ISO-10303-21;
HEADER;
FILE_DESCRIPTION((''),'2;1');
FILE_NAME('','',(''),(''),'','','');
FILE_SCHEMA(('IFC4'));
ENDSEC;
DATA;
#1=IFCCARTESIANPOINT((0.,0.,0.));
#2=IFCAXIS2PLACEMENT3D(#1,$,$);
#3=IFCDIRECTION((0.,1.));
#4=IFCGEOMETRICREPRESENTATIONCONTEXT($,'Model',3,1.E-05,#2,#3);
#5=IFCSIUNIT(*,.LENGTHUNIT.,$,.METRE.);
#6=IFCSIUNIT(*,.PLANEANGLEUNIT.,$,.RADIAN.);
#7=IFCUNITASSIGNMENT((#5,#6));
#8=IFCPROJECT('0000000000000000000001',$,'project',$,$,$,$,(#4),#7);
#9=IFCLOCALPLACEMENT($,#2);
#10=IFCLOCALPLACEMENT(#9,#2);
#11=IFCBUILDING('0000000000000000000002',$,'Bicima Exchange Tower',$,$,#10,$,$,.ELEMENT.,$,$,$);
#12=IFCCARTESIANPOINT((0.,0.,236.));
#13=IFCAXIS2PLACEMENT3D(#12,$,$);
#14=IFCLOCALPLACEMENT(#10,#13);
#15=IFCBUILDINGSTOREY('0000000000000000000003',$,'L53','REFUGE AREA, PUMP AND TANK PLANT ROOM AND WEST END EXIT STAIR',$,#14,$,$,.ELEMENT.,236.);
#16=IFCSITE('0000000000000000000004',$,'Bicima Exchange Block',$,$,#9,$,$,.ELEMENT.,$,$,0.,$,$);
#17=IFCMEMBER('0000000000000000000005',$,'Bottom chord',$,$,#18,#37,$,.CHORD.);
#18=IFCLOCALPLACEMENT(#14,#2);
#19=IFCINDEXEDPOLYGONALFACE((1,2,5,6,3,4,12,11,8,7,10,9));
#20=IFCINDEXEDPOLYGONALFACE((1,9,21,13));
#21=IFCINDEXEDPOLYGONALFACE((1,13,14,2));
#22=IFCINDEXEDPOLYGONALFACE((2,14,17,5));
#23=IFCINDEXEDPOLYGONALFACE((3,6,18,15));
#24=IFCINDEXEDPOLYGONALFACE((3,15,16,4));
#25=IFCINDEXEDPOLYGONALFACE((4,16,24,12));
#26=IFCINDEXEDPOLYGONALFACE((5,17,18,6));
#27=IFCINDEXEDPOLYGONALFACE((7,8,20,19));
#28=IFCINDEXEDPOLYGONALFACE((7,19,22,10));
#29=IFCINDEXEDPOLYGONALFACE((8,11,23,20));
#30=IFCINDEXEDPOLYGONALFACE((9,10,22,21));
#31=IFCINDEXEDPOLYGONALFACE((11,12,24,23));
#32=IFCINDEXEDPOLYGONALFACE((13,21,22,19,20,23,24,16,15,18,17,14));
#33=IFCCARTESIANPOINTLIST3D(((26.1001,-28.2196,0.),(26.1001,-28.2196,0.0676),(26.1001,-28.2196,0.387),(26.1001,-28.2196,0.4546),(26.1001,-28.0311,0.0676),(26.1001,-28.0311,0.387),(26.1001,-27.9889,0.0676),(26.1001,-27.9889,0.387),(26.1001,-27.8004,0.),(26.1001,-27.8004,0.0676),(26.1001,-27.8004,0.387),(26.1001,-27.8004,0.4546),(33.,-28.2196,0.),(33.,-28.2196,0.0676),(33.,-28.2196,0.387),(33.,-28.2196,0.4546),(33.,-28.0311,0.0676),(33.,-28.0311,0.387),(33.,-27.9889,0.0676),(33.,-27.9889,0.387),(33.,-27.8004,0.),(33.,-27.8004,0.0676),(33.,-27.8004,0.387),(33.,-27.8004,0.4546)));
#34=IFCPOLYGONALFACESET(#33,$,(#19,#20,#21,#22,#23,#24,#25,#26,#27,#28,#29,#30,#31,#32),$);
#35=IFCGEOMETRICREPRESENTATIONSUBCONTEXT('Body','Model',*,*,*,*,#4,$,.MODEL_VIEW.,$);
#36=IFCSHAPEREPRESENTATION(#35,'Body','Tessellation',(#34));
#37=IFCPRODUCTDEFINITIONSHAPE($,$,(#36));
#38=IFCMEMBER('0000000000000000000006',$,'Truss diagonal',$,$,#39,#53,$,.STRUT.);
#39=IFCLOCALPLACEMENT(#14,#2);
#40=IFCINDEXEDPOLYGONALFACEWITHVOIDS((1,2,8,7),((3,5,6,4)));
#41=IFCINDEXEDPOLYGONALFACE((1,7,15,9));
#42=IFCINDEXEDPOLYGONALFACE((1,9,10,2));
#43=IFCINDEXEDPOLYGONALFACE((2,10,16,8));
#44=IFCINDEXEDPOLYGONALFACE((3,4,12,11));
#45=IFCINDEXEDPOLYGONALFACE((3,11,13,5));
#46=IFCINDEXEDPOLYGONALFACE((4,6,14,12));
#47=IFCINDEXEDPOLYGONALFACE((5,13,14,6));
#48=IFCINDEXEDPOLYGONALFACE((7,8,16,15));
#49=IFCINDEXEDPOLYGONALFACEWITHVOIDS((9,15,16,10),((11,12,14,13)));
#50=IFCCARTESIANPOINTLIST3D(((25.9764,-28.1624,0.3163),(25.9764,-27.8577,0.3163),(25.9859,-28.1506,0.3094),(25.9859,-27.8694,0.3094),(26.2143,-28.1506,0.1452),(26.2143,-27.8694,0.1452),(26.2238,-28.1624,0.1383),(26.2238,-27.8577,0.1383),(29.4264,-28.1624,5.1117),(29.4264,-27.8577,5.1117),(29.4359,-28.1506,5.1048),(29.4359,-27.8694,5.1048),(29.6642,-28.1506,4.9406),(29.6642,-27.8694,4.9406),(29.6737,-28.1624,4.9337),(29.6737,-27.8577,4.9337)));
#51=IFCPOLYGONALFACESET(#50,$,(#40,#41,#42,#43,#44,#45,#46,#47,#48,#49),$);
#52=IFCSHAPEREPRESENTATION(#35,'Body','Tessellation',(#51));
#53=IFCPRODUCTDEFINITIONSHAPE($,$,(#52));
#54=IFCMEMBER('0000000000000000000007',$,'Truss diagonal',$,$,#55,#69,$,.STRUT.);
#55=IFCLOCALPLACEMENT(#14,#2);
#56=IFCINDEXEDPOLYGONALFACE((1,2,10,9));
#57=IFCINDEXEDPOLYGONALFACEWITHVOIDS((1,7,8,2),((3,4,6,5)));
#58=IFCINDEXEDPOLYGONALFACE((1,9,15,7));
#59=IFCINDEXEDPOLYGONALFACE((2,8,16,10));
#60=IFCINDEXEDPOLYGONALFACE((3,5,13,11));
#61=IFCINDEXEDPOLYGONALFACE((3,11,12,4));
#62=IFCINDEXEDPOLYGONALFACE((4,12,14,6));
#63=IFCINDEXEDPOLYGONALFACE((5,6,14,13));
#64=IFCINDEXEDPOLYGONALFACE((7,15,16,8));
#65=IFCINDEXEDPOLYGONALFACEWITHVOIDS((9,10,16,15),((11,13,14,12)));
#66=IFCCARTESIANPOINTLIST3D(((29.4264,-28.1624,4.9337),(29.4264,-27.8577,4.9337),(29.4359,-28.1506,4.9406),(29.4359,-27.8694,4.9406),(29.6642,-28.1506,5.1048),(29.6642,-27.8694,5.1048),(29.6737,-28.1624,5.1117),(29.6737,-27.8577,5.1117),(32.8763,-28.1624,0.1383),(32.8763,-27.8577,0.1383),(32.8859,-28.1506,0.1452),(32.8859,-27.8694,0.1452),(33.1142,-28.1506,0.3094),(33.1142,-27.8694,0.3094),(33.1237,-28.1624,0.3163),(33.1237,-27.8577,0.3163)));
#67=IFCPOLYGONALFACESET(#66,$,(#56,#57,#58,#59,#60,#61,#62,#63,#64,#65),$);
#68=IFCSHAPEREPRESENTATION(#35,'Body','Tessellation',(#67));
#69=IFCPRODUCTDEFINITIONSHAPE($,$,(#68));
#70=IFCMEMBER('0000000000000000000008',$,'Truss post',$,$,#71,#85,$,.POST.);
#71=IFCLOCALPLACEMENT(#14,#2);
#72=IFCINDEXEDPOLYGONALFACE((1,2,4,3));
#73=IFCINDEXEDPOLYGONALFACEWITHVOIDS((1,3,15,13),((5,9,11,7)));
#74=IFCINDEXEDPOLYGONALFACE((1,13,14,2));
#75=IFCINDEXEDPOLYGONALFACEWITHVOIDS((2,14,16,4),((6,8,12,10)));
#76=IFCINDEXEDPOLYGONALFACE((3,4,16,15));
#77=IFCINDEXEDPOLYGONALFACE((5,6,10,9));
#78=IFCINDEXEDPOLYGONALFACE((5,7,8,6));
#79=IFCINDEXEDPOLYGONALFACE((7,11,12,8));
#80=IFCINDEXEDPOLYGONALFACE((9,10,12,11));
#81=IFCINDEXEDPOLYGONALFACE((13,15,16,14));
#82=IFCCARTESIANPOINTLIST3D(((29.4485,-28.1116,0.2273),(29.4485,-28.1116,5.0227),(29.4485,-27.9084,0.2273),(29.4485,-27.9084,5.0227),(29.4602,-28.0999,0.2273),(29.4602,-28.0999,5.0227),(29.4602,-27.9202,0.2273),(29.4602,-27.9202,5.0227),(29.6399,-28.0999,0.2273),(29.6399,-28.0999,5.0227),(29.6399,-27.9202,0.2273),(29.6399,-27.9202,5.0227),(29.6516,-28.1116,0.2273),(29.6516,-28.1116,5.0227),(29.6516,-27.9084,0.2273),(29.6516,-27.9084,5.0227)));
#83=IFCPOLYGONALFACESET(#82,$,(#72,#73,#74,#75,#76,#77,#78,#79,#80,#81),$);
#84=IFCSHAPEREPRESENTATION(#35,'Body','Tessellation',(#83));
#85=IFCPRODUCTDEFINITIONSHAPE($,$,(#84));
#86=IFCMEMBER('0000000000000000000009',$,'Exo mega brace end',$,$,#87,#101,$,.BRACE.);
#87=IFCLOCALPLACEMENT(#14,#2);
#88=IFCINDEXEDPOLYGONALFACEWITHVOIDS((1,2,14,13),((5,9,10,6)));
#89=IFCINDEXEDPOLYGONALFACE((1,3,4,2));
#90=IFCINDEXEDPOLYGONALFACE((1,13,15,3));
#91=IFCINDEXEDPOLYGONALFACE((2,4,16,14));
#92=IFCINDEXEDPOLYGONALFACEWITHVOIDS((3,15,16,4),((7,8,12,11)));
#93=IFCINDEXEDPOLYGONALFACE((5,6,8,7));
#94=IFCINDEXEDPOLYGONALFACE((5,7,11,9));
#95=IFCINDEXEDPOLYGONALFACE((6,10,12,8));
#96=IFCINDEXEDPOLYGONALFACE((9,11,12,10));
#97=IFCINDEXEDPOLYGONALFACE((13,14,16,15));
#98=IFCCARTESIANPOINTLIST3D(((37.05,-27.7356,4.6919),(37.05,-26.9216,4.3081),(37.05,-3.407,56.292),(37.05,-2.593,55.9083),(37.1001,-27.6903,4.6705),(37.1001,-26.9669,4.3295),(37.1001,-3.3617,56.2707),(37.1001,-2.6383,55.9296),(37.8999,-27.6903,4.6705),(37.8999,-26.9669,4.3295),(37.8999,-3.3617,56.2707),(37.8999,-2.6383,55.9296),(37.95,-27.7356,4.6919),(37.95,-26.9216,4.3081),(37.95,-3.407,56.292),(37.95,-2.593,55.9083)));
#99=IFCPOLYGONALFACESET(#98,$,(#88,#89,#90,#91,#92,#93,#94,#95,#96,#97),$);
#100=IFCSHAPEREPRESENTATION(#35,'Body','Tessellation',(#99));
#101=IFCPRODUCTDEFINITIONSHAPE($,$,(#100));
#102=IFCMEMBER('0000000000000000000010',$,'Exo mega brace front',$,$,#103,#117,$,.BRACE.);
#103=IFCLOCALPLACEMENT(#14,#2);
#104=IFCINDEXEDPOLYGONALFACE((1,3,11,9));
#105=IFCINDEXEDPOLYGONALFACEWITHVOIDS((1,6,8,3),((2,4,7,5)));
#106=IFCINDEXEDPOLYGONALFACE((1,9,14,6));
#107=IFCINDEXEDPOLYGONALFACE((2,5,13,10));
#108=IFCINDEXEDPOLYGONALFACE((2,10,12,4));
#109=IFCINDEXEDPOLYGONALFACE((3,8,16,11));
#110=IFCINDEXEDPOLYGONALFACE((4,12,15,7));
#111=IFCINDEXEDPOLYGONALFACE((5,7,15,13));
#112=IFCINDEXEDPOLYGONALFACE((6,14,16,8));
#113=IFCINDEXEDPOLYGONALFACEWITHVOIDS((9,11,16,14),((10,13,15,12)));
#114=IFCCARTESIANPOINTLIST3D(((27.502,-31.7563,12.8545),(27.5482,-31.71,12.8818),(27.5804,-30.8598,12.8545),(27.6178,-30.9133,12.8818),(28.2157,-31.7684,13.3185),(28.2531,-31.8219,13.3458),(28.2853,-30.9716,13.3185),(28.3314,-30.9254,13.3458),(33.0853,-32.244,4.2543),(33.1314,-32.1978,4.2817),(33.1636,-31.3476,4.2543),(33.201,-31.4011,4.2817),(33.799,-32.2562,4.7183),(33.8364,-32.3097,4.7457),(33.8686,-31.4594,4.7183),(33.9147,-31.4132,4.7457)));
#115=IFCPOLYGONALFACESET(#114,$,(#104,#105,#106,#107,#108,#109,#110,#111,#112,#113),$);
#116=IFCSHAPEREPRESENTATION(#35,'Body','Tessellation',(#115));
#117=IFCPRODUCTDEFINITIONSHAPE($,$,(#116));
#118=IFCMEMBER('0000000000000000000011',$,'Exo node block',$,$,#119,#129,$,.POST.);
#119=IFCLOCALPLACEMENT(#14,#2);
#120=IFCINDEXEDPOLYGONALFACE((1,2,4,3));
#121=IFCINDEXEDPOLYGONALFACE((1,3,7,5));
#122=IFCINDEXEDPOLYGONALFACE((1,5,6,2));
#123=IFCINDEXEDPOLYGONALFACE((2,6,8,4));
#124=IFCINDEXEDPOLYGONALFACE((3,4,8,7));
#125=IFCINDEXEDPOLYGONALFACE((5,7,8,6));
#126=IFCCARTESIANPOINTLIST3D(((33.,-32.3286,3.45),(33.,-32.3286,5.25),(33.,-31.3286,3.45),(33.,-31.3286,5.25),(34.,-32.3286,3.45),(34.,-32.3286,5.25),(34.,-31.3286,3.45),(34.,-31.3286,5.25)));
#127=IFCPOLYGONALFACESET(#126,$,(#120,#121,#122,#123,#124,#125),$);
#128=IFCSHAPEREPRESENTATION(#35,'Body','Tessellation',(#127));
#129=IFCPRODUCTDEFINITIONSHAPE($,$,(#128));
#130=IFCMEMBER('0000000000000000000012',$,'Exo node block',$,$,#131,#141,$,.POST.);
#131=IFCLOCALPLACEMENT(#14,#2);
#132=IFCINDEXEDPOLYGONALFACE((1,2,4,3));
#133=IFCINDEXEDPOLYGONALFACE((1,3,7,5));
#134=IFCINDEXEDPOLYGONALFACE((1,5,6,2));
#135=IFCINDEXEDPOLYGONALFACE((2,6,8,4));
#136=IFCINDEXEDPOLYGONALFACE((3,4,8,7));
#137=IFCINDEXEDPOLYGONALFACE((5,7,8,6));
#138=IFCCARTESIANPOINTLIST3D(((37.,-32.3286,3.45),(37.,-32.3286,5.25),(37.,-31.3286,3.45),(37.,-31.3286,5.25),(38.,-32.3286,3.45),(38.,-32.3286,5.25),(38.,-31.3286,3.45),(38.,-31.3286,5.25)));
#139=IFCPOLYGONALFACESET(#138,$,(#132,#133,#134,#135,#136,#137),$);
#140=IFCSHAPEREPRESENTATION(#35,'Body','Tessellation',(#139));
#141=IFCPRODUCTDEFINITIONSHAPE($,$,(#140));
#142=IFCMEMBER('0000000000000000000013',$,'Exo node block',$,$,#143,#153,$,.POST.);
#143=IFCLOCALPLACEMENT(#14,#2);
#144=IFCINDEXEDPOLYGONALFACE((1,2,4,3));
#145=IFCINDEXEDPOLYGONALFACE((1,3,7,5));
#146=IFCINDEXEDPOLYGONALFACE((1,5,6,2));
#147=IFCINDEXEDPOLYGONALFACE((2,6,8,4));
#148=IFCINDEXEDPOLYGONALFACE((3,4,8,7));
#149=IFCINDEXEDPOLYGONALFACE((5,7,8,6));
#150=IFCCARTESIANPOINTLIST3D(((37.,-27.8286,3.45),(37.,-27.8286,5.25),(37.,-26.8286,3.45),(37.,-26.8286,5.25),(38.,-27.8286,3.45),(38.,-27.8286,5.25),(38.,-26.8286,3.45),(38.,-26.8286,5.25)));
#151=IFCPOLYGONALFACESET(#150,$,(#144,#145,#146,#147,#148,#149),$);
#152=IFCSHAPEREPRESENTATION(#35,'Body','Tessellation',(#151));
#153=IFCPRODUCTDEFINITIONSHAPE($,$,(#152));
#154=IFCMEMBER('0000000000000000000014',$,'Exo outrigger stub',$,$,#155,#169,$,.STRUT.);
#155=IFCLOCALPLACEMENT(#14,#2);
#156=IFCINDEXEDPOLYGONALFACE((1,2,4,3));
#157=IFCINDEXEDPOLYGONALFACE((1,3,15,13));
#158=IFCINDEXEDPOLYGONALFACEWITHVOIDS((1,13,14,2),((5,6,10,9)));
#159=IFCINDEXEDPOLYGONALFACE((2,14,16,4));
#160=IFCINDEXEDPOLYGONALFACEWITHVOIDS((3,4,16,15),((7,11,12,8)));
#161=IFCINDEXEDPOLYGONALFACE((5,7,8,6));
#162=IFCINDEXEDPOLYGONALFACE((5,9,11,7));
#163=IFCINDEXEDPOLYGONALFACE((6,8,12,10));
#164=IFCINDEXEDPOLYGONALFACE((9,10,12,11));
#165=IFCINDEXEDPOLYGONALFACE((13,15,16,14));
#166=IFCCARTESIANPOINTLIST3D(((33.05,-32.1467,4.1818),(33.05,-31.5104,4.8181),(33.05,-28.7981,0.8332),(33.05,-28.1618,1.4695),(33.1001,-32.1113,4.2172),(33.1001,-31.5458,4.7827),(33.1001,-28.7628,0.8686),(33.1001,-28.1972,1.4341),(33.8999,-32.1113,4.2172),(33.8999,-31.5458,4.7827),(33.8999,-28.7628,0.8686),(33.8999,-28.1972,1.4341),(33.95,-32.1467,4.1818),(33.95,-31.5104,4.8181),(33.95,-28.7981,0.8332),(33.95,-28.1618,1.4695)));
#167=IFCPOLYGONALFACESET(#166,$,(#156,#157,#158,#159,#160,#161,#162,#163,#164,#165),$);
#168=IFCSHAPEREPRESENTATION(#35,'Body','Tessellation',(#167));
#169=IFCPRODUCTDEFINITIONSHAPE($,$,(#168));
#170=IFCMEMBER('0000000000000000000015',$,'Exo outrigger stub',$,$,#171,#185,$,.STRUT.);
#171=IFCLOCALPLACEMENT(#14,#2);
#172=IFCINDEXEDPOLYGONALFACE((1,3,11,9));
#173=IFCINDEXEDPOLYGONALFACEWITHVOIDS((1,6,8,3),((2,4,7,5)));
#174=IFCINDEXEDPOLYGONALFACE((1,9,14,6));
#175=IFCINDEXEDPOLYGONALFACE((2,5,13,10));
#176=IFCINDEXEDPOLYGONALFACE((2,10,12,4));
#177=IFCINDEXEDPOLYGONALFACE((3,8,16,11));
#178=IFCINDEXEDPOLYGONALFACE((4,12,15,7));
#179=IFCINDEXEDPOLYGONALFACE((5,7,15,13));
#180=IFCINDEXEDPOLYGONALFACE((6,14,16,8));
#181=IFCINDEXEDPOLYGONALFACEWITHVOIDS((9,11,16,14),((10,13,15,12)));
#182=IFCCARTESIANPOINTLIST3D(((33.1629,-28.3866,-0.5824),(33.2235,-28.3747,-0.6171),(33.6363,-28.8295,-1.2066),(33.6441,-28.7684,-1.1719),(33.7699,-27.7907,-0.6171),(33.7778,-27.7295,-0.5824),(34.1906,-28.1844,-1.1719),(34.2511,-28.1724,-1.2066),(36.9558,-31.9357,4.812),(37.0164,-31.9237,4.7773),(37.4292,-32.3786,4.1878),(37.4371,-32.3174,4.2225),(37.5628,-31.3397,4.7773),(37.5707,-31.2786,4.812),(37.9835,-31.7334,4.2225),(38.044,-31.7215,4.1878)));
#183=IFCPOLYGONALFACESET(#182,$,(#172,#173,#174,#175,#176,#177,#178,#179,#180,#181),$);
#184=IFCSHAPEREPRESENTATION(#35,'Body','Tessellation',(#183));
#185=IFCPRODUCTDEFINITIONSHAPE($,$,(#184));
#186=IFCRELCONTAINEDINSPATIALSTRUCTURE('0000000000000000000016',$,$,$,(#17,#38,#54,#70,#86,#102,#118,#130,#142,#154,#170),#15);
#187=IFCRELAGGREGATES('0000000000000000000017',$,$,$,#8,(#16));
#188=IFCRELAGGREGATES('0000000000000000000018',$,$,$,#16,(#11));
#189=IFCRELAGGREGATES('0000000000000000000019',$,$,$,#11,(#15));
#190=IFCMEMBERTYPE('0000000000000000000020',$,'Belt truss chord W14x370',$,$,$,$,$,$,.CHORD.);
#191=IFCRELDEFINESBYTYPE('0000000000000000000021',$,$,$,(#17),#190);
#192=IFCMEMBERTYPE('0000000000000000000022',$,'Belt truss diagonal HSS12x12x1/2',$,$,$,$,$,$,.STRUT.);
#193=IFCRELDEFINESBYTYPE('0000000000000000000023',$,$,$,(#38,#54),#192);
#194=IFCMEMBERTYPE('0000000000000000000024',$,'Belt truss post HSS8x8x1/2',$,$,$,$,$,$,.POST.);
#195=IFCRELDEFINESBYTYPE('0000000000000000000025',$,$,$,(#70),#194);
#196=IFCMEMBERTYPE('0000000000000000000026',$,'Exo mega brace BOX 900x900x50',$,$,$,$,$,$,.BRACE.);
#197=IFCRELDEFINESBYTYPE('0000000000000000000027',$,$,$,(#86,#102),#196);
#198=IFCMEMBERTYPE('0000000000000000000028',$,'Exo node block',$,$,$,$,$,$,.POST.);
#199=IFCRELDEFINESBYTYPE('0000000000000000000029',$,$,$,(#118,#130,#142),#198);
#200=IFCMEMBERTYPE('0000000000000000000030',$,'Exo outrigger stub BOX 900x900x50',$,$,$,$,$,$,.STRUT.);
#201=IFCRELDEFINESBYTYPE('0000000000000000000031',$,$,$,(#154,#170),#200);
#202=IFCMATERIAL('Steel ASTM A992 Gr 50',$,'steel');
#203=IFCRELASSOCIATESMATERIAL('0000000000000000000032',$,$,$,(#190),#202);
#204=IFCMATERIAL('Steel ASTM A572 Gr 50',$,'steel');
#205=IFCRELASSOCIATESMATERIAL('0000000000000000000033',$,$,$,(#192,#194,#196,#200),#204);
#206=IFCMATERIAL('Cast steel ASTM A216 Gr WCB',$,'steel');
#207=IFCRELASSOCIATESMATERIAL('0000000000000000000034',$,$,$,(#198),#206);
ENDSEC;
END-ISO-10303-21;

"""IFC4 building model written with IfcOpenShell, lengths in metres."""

from ifc_helpers import new_model, si_unit, direction, frame, origin, origin_2d, place, context, subcontext, project, spatial, rectangle, hollow_rectangle, i_section, extrude, material, material_profile, profile_set, type_object, element, save


model = new_model("IFC4")

# Units and contexts
model_context = context("Model", 3, precision=1e-05, world=origin(), true_north=direction((0.0, 1.0)))
body_context = subcontext(model_context, "Body", "Model", "MODEL_VIEW")
ifc_project = project(units=[si_unit("LENGTHUNIT", "METRE"), si_unit("PLANEANGLEUNIT", "RADIAN")], contexts=[model_context])

# Site, building, storey
site_placement = place(None, origin())
site = spatial("IfcSite", under=ifc_project, at=site_placement, Name="Bicima Exchange Block", CompositionType="ELEMENT", RefElevation=0.0)
building_placement = place(site_placement, origin())
building = spatial("IfcBuilding", under=site, at=building_placement, Name="Bicima Exchange Tower", CompositionType="ELEMENT")
storey_placement = place(building_placement, frame((0.0, 0.0, 236.0)))
storey = spatial("IfcBuildingStorey", under=building, at=storey_placement, Name="L53", Description="REFUGE AREA, PUMP AND TANK PLANT ROOM AND WEST END EXIT STAIR", CompositionType="ELEMENT", Elevation=236.0)

# Shared definitions
ifc_material_1 = material(Name="Steel ASTM A572 Gr 50", Category="steel")
ifc_material_2 = material(Name="Steel ASTM A992 Gr 50", Category="steel")

# Members
ifc_material_profile_1 = material_profile(ifc_material_2, i_section(OverallWidth=0.4192, OverallDepth=0.4546, WebThickness=0.0422, FlangeThickness=0.0676, at=origin_2d()))
ifc_profile_set_1 = profile_set([ifc_material_profile_1], Name="Steel ASTM A992 Gr 50")
member_type_1 = type_object("IfcMemberType", Name="Belt truss chord W14x370", PredefinedType="CHORD", material=ifc_profile_set_1)
for number, where, z_axis, x_axis, name in (
    (1, (26.1001, -28.01, 0.2273), (1.0, 0.0, 0.0), (0.0, 1.0, 0.0), "Bottom chord"),
):
    element("IfcMember", number, at=place(storey_placement, frame(where, z_axis=z_axis, x_axis=x_axis)), inside=storey, type_object=member_type_1, Name=name, PredefinedType="CHORD", context=body_context, shape_type="SweptSolid", body=[
        extrude(i_section(OverallWidth=0.4192, OverallDepth=0.4546, WebThickness=0.0422, FlangeThickness=0.0676, at=origin_2d()), origin(), (0.0, 0.0, 1.0), 6.8999),
    ])
ifc_material_profile_2 = material_profile(ifc_material_1, hollow_rectangle(XDim=0.3047, YDim=0.3047, WallThickness=0.0117, at=origin_2d()))
ifc_profile_set_2 = profile_set([ifc_material_profile_2], Name="Steel ASTM A572 Gr 50")
member_type_2 = type_object("IfcMemberType", Name="Belt truss diagonal HSS12x12x1/2", PredefinedType="STRUT", material=ifc_profile_set_2)
for number, where, z_axis, x_axis, name in (
    (2, (26.1001, -28.01, 0.2273), (0.583999, 0.0, 0.811755), (0.0, 1.0, 0.0), "Truss diagonal"),
    (3, (29.55, -28.01, 5.0227), (0.583999, 0.0, -0.811755), (0.0, 1.0, 0.0), "Truss diagonal"),
):
    element("IfcMember", number, at=place(storey_placement, frame(where, z_axis=z_axis, x_axis=x_axis)), inside=storey, type_object=member_type_2, Name=name, PredefinedType="STRUT", context=body_context, shape_type="SweptSolid", body=[
        extrude(hollow_rectangle(XDim=0.3047, YDim=0.3047, WallThickness=0.0117, at=origin_2d()), origin(), (0.0, 0.0, 1.0), 5.9075),
    ])
ifc_material_profile_3 = material_profile(ifc_material_1, hollow_rectangle(XDim=0.2031, YDim=0.2031, WallThickness=0.0117, at=origin_2d()))
ifc_profile_set_3 = profile_set([ifc_material_profile_3], Name="Steel ASTM A572 Gr 50")
member_type_3 = type_object("IfcMemberType", Name="Belt truss post HSS8x8x1/2", PredefinedType="POST", material=ifc_profile_set_3)
member_1_placement = place(storey_placement, frame((29.55, -28.01, 0.2273), z_axis=(0.0, 0.0, 1.0), x_axis=(1.0, 0.0, 0.0)))
element("IfcMember", 4, at=member_1_placement, inside=storey, type_object=member_type_3, Name="Truss post", PredefinedType="POST", context=body_context, shape_type="SweptSolid", body=[
    extrude(hollow_rectangle(XDim=0.2031, YDim=0.2031, WallThickness=0.0117, at=origin_2d()), origin(), (0.0, 0.0, 1.0), 4.7954),
])
ifc_material_profile_4 = material_profile(ifc_material_1, hollow_rectangle(XDim=0.8999, YDim=0.8999, WallThickness=0.05, at=origin_2d()))
ifc_profile_set_4 = profile_set([ifc_material_profile_4], Name="Steel ASTM A572 Gr 50")
member_type_4 = type_object("IfcMemberType", Name="Exo mega brace BOX 900x900x50", PredefinedType="BRACE", material=ifc_profile_set_4)
member_2_placement = place(storey_placement, frame((37.5, -27.3286, 4.5), z_axis=(0.0, 0.42646, 0.904506), x_axis=(-1.0, 0.0, 0.0)))
element("IfcMember", 5, at=member_2_placement, inside=storey, type_object=member_type_4, Name="Exo mega brace end", PredefinedType="BRACE", context=body_context, shape_type="SweptSolid", body=[
    extrude(hollow_rectangle(XDim=0.8999, YDim=0.8999, WallThickness=0.05, at=origin_2d()), origin(), (0.0, 0.0, 1.0), 57.0479),
])
member_3_placement = place(storey_placement, frame((33.5, -31.8286, 4.5), z_axis=(-0.543906, 0.04752, 0.8378), x_axis=(-0.087036, -0.996205, 0.0)))
element("IfcMember", 6, at=member_3_placement, inside=storey, type_object=member_type_4, Name="Exo mega brace front", PredefinedType="BRACE", context=body_context, shape_type="SweptSolid", body=[
    extrude(hollow_rectangle(XDim=0.8999, YDim=0.8999, WallThickness=0.05, at=origin_2d()), origin(), (0.0, 0.0, 1.0), 10.2651),
])
ifc_material_3 = material(Name="Cast steel ASTM A216 Gr WCB", Category="steel")
ifc_material_profile_5 = material_profile(ifc_material_3, rectangle(XDim=1.0, YDim=1.0, at=origin_2d()))
ifc_profile_set_5 = profile_set([ifc_material_profile_5], Name="Cast steel ASTM A216 Gr WCB")
member_type_5 = type_object("IfcMemberType", Name="Exo node block", PredefinedType="POST", material=ifc_profile_set_5)
for number, where, z_axis, x_axis, name in (
    (7, (33.5, -31.8286, 3.45), (0.0, 0.0, 1.0), (1.0, 0.0, 0.0), "Exo node block"),
    (8, (37.5, -31.8286, 3.45), (0.0, 0.0, 1.0), (1.0, 0.0, 0.0), "Exo node block"),
    (9, (37.5, -27.3286, 3.45), (0.0, 0.0, 1.0), (1.0, 0.0, 0.0), "Exo node block"),
):
    element("IfcMember", number, at=place(storey_placement, frame(where, z_axis=z_axis, x_axis=x_axis)), inside=storey, type_object=member_type_5, Name=name, PredefinedType="POST", context=body_context, shape_type="SweptSolid", body=[
        extrude(rectangle(XDim=1.0, YDim=1.0, at=origin_2d()), origin(), (0.0, 0.0, 1.0), 1.8),
    ])
member_type_6 = type_object("IfcMemberType", Name="Exo outrigger stub BOX 900x900x50", PredefinedType="STRUT", material=ifc_profile_set_4)
member_4_placement = place(storey_placement, frame((33.5, -28.48, 1.1514), z_axis=(0.0, -0.707107, 0.707107), x_axis=(1.0, 0.0, 0.0)))
element("IfcMember", 10, at=member_4_placement, inside=storey, type_object=member_type_6, Name="Exo outrigger stub", PredefinedType="STRUT", context=body_context, shape_type="SweptSolid", body=[
    extrude(hollow_rectangle(XDim=0.8999, YDim=0.8999, WallThickness=0.05, at=origin_2d()), origin(), (0.0, 0.0, 1.0), 4.7356),
])
member_5_placement = place(storey_placement, frame((33.707, -28.2795, -0.8945), z_axis=(0.506479, -0.473912, 0.720338), x_axis=(0.68324, 0.730194, 0.0)))
element("IfcMember", 11, at=member_5_placement, inside=storey, type_object=member_type_6, Name="Exo outrigger stub", PredefinedType="STRUT", context=body_context, shape_type="SweptSolid", body=[
    extrude(hollow_rectangle(XDim=0.8999, YDim=0.8999, WallThickness=0.05, at=origin_2d()), origin(), (0.0, 0.0, 1.0), 7.4888),
])

save(model, "model.ifc")
